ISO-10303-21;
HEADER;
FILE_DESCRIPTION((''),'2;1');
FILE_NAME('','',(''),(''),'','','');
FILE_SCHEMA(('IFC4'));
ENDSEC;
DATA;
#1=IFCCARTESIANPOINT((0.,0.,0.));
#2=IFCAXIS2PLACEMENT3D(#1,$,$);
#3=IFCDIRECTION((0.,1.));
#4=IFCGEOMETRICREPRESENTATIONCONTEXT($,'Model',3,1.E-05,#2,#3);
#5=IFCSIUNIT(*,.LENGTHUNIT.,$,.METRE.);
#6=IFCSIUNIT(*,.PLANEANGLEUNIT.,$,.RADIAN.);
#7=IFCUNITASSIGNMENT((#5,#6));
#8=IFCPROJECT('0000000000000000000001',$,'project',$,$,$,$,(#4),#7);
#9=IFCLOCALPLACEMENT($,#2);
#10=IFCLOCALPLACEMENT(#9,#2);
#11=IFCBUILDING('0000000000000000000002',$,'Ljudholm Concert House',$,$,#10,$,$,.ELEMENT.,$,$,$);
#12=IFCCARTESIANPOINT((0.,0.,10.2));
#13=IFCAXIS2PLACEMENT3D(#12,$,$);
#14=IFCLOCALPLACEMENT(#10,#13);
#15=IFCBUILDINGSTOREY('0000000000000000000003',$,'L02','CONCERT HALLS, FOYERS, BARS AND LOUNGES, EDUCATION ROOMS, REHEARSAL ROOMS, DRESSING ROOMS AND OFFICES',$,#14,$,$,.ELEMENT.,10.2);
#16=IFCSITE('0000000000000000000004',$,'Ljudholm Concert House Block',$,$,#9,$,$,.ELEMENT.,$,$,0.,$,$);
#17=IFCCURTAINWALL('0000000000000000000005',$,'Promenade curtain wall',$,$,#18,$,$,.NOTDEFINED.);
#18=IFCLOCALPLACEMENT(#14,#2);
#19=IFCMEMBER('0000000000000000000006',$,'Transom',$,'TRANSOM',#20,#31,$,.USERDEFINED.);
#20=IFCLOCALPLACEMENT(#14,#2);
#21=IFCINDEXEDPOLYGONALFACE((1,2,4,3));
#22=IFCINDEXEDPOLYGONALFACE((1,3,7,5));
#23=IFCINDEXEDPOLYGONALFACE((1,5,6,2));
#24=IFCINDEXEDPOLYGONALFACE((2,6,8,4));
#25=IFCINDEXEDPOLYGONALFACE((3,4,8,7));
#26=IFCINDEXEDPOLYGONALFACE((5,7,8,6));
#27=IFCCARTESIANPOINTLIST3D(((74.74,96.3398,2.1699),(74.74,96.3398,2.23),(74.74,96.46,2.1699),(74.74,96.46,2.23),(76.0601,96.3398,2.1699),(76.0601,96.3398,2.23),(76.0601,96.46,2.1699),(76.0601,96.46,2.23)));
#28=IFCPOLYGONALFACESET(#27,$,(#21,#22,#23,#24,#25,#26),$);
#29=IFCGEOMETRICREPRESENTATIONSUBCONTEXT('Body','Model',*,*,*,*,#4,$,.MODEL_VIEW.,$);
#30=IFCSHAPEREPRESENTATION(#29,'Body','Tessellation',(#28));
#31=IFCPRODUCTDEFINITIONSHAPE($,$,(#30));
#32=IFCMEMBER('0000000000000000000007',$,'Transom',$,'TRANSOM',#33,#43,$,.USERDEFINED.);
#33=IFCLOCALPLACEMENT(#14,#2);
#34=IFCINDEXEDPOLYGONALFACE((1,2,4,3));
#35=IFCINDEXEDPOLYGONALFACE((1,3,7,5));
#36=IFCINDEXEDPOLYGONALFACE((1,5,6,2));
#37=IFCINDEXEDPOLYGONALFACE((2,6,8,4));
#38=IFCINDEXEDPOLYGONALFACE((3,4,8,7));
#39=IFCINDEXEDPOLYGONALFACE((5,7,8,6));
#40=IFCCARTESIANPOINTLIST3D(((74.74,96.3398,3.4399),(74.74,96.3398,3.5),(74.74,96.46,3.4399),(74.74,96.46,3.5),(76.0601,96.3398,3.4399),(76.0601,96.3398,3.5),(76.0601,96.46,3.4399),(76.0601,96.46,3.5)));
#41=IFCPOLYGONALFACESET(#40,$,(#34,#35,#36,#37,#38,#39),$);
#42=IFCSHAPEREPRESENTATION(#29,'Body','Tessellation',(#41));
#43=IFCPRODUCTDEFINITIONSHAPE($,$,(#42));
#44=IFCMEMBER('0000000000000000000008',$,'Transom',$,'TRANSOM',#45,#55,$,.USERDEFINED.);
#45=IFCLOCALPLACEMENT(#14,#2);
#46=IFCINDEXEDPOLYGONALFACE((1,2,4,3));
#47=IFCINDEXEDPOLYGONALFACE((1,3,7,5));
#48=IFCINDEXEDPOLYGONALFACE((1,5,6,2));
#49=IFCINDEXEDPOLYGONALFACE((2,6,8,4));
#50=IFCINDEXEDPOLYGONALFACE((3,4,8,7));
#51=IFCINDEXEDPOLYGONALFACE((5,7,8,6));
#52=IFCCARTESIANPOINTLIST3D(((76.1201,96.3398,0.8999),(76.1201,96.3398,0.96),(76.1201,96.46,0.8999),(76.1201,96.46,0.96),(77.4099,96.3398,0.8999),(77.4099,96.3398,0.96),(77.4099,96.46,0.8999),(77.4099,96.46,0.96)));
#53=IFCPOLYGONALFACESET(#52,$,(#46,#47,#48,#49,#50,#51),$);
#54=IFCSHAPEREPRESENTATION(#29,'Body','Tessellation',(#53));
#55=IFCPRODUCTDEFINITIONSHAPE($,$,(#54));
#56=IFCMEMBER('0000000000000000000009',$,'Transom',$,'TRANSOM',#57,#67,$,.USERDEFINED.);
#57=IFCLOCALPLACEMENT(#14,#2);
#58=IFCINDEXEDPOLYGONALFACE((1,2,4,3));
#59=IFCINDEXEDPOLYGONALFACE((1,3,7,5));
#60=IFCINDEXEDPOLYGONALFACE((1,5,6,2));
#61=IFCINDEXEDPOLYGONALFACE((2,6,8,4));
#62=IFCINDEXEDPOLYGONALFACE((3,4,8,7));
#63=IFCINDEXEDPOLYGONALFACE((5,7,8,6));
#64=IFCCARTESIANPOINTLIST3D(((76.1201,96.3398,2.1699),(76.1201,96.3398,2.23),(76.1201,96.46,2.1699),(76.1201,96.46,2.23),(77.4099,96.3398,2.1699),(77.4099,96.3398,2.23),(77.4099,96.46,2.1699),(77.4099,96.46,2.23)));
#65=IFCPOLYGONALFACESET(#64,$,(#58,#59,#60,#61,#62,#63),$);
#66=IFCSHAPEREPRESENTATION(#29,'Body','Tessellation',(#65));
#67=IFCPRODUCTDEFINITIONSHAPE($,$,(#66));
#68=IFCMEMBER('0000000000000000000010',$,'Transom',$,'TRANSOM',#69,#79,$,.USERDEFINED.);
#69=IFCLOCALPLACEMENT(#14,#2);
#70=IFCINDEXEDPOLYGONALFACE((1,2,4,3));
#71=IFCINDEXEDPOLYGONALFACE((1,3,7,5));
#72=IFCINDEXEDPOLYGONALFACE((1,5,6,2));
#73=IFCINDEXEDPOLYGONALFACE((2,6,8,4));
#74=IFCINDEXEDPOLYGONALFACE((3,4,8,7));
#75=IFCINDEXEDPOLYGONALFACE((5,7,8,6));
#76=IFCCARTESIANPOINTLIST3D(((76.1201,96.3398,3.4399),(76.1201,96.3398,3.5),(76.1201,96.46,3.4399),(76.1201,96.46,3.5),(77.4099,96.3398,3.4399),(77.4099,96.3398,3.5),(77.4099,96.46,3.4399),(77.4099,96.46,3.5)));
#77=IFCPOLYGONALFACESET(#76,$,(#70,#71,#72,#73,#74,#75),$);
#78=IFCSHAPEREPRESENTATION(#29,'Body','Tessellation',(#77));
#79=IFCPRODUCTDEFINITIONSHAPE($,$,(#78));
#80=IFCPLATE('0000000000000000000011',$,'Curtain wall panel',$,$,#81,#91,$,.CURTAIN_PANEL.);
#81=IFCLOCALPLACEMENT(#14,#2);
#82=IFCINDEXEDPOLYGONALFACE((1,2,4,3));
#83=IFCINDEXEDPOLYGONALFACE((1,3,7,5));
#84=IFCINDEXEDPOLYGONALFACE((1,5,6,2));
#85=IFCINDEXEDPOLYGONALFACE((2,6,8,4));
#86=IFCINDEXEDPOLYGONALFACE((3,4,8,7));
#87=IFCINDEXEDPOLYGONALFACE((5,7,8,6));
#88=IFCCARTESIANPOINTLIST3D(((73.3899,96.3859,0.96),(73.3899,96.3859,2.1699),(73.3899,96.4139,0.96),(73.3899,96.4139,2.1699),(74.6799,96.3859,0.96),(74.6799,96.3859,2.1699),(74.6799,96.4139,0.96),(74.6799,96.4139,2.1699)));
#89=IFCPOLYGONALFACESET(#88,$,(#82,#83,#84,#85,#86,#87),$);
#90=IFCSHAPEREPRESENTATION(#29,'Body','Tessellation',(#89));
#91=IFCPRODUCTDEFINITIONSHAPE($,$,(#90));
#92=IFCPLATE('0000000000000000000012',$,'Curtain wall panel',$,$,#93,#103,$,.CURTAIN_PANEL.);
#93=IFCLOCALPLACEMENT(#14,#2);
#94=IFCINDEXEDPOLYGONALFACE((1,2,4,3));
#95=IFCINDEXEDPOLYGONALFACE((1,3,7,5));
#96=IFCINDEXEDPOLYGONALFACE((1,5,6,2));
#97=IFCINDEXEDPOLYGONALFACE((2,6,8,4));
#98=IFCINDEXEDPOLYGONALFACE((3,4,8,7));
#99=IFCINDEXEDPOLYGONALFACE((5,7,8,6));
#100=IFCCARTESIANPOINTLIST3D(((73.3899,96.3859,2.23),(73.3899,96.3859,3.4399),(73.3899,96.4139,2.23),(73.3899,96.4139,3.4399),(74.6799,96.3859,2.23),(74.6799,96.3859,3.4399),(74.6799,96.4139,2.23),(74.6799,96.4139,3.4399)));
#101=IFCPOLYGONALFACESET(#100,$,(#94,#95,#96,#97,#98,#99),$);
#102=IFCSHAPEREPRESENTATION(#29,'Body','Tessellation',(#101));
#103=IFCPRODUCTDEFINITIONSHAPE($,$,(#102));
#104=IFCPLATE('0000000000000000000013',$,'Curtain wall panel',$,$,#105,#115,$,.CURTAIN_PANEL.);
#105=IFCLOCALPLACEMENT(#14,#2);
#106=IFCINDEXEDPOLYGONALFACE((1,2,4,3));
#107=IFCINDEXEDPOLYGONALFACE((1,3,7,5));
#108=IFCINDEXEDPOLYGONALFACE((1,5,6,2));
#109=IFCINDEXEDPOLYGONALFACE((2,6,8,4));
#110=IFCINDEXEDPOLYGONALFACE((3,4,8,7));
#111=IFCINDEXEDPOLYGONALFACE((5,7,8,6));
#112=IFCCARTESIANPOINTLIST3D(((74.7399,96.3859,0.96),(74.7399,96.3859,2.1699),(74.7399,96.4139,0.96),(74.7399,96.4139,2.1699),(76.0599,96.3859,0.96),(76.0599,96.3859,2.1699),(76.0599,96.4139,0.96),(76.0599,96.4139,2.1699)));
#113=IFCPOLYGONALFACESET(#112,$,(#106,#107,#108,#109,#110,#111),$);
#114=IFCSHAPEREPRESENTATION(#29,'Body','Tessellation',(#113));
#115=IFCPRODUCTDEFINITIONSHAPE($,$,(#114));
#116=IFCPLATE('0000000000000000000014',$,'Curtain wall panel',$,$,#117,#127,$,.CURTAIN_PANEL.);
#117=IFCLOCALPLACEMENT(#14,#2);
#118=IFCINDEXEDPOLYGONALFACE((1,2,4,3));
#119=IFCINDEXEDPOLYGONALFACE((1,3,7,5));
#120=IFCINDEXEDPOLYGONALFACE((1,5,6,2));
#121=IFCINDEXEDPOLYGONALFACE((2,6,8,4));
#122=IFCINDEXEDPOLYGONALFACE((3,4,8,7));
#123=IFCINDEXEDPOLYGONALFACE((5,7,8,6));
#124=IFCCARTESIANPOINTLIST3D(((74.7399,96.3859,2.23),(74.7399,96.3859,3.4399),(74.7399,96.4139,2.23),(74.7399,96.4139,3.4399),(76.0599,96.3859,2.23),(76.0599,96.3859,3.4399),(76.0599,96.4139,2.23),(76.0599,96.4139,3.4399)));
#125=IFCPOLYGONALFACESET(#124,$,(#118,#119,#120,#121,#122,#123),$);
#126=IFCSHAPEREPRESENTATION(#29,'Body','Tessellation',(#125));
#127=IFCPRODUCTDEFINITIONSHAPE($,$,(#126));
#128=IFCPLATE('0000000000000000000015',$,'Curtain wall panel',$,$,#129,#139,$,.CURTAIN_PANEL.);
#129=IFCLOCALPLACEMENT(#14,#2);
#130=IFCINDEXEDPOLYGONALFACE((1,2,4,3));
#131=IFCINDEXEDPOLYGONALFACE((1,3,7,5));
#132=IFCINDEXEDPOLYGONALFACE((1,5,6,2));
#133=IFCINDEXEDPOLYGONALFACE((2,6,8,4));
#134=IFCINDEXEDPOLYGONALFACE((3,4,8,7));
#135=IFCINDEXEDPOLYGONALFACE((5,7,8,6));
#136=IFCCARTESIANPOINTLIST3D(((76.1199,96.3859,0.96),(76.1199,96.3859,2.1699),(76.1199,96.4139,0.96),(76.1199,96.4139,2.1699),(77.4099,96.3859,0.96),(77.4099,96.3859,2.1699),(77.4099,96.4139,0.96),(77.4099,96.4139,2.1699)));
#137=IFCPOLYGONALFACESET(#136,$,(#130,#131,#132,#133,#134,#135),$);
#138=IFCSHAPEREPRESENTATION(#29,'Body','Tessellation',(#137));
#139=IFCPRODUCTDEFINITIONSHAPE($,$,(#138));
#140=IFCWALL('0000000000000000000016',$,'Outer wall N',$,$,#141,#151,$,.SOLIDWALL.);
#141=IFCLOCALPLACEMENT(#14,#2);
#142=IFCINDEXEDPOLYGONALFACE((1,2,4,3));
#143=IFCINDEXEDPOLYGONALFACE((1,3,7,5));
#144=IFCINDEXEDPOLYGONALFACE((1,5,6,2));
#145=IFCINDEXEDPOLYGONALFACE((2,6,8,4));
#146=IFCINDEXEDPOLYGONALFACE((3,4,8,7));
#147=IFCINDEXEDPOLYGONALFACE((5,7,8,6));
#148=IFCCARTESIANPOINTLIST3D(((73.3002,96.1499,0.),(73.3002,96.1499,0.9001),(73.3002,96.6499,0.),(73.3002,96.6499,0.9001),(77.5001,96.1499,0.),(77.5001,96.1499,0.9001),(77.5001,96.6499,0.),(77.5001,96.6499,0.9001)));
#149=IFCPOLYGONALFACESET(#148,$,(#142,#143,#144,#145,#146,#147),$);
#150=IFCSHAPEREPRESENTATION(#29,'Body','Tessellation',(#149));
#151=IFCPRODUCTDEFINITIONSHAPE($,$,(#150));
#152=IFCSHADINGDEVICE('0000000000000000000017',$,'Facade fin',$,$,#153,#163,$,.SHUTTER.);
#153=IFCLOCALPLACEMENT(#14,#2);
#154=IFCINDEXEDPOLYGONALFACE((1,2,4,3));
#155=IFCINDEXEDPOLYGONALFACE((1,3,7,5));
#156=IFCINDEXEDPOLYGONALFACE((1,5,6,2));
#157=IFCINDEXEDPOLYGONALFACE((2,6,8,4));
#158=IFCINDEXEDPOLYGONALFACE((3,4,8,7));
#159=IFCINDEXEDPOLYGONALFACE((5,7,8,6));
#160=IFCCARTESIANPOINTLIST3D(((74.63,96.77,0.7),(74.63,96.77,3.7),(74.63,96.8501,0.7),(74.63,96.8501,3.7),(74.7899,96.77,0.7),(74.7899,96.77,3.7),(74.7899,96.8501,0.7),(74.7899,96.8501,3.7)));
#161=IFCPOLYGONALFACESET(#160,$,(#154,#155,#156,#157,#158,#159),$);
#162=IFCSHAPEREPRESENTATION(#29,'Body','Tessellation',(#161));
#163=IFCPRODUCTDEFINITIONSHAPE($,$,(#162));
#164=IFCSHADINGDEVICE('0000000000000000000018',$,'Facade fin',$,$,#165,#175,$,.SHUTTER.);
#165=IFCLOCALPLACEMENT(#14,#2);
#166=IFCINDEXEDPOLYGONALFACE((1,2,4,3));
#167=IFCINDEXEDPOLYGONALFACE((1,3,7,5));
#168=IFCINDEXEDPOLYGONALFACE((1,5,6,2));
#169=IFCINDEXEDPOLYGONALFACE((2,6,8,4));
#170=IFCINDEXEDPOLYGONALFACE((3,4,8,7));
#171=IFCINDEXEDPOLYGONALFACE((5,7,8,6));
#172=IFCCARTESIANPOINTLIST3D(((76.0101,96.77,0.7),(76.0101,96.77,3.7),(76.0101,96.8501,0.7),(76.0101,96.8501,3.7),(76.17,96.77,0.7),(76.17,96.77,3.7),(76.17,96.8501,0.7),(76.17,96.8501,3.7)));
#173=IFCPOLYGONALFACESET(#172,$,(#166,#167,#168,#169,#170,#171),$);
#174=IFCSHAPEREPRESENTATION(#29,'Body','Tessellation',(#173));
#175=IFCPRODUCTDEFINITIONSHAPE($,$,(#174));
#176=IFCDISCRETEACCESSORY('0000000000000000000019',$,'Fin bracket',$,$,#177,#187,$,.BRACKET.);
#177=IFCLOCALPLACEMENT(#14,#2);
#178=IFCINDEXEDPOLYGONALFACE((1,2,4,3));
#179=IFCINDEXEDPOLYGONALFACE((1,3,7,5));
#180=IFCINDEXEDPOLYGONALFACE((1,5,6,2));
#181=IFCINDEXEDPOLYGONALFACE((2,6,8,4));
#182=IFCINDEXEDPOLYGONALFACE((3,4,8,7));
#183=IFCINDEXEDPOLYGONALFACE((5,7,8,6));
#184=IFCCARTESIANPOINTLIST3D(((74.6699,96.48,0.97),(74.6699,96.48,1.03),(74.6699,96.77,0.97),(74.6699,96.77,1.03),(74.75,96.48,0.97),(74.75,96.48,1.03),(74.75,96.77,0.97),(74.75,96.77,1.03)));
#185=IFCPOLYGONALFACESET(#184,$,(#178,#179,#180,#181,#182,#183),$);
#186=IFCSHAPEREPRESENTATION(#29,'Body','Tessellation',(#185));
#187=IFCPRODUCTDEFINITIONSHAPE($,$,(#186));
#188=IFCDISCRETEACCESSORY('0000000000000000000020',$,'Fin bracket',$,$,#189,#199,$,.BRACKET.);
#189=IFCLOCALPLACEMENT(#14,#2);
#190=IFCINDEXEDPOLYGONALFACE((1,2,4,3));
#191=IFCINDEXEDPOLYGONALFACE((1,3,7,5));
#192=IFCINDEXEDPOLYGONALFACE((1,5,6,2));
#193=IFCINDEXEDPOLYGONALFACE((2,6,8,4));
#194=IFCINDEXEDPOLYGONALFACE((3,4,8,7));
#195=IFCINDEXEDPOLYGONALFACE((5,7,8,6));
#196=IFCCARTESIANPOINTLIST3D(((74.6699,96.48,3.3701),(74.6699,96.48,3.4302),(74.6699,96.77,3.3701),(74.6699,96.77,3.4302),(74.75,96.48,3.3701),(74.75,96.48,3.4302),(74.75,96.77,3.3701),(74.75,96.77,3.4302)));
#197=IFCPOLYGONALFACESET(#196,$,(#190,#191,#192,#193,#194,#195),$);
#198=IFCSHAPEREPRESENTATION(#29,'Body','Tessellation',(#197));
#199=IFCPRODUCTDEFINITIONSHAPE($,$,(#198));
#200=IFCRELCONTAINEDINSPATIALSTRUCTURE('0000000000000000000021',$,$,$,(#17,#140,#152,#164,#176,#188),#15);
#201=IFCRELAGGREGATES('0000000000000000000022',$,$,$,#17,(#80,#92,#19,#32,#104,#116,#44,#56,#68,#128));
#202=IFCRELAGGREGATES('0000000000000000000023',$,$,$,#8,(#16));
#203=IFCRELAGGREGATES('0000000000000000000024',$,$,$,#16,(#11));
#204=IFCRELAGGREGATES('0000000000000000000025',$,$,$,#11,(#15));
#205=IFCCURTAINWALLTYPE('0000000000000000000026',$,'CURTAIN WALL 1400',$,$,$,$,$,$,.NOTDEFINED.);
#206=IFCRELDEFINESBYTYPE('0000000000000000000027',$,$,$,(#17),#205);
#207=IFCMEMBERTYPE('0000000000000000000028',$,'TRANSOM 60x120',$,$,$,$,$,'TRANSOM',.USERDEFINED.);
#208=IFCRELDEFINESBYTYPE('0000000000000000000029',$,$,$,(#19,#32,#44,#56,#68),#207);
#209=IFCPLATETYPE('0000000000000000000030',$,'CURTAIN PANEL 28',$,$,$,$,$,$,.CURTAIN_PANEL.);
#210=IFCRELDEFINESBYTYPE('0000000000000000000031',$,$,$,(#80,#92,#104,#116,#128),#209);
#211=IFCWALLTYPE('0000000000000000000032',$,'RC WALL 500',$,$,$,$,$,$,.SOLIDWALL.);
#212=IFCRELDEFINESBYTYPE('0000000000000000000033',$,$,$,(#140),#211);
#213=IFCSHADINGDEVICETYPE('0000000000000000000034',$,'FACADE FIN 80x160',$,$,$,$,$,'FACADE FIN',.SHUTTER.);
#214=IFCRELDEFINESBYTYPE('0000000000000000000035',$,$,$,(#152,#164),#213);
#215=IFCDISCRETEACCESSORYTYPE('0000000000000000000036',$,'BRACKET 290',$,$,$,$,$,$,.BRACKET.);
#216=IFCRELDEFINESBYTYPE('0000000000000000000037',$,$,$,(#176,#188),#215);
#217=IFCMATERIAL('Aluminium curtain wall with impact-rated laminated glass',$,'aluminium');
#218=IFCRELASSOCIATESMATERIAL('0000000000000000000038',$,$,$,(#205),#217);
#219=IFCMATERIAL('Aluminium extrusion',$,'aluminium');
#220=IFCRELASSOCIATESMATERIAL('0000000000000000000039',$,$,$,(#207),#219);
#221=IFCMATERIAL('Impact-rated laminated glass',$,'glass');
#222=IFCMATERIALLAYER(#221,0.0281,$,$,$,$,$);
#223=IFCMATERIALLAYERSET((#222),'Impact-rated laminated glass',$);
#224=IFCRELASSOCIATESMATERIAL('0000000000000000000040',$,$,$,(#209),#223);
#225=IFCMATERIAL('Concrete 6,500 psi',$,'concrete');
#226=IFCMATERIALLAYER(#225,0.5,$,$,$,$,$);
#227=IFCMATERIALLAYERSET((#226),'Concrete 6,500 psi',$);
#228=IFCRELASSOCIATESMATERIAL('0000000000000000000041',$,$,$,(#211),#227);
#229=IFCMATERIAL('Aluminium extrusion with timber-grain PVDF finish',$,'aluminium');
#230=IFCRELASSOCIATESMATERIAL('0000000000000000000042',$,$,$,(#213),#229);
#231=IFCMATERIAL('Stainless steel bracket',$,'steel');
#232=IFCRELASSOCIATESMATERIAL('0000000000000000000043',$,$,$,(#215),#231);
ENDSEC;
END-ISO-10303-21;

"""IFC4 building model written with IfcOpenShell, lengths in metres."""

from ifc_helpers import new_model, si_unit, direction, frame, frame_2d, origin, origin_2d, place, context, subcontext, project, spatial, rectangle, extrude, material, layer, layer_set, material_profile, profile_set, type_object, element, aggregate, save


model = new_model("IFC4")

# Units and contexts
model_context = context("Model", 3, precision=1e-05, world=origin(), true_north=direction((0.0, 1.0)))
body_context = subcontext(model_context, "Body", "Model", "MODEL_VIEW")
ifc_project = project(units=[si_unit("LENGTHUNIT", "METRE"), si_unit("PLANEANGLEUNIT", "RADIAN")], contexts=[model_context])

# Site, building, storey
site_placement = place(None, origin())
site = spatial("IfcSite", under=ifc_project, at=site_placement, Name="Ljudholm Concert House Block", CompositionType="ELEMENT", RefElevation=0.0)
building_placement = place(site_placement, origin())
building = spatial("IfcBuilding", under=site, at=building_placement, Name="Ljudholm Concert House", CompositionType="ELEMENT")
storey_placement = place(building_placement, frame((0.0, 0.0, 10.2)))
storey = spatial("IfcBuildingStorey", under=building, at=storey_placement, Name="L02", Description="CONCERT HALLS, FOYERS, BARS AND LOUNGES, EDUCATION ROOMS, REHEARSAL ROOMS, DRESSING ROOMS AND OFFICES", CompositionType="ELEMENT", Elevation=10.2)

# Curtain wall
ifc_material_1 = material(Name="Aluminium curtain wall with impact-rated laminated glass", Category="aluminium")
curtain_wall_type = type_object("IfcCurtainWallType", Name="CURTAIN WALL 1400", PredefinedType="NOTDEFINED", material=ifc_material_1)
curtain_wall_placement = place(storey_placement, origin())
curtain_wall = element("IfcCurtainWall", 1, at=curtain_wall_placement, inside=storey, type_object=curtain_wall_type, Name="Promenade curtain wall", PredefinedType="NOTDEFINED")

# Members
ifc_material_2 = material(Name="Aluminium extrusion", Category="aluminium")
ifc_material_profile_1 = material_profile(ifc_material_2, rectangle(XDim=0.1201, YDim=0.0601, at=origin_2d()), Name="TRANSOM 60x120")
ifc_profile_set_1 = profile_set([ifc_material_profile_1], Name="Aluminium extrusion")
member_type_1 = type_object("IfcMemberType", Name="TRANSOM 60x120", ElementType="TRANSOM", PredefinedType="USERDEFINED", material=ifc_profile_set_1)
member_1_placement = place(storey_placement, frame((74.74, 96.3999, 2.2), z_axis=(1.0, 0.0, 0.0), x_axis=(0.0, 1.0, 0.0)))
member_1 = element("IfcMember", 2, at=member_1_placement, type_object=member_type_1, Name="Transom", ObjectType="TRANSOM", PredefinedType="USERDEFINED", context=body_context, shape_type="SweptSolid", body=[
    extrude(rectangle(XDim=0.1201, YDim=0.0601, at=origin_2d()), origin(), (0.0, 0.0, 1.0), 1.3201),
])
member_2_placement = place(storey_placement, frame((74.74, 96.3999, 3.47), z_axis=(1.0, 0.0, 0.0), x_axis=(0.0, 1.0, 0.0)))
member_2 = element("IfcMember", 3, at=member_2_placement, type_object=member_type_1, Name="Transom", ObjectType="TRANSOM", PredefinedType="USERDEFINED", context=body_context, shape_type="SweptSolid", body=[
    extrude(rectangle(XDim=0.1201, YDim=0.0601, at=origin_2d()), origin(), (0.0, 0.0, 1.0), 1.3201),
])
member_3_placement = place(storey_placement, frame((76.1201, 96.3999, 0.9299), z_axis=(1.0, 0.0, 0.0), x_axis=(0.0, 1.0, 0.0)))
member_3 = element("IfcMember", 4, at=member_3_placement, type_object=member_type_1, Name="Transom", ObjectType="TRANSOM", PredefinedType="USERDEFINED", context=body_context, shape_type="SweptSolid", body=[
    extrude(rectangle(XDim=0.1201, YDim=0.0601, at=origin_2d()), origin(), (0.0, 0.0, 1.0), 1.2898),
])
member_4_placement = place(storey_placement, frame((76.1201, 96.3999, 2.2), z_axis=(1.0, 0.0, 0.0), x_axis=(0.0, 1.0, 0.0)))
member_4 = element("IfcMember", 5, at=member_4_placement, type_object=member_type_1, Name="Transom", ObjectType="TRANSOM", PredefinedType="USERDEFINED", context=body_context, shape_type="SweptSolid", body=[
    extrude(rectangle(XDim=0.1201, YDim=0.0601, at=origin_2d()), origin(), (0.0, 0.0, 1.0), 1.2898),
])
member_5_placement = place(storey_placement, frame((76.1201, 96.3999, 3.47), z_axis=(1.0, 0.0, 0.0), x_axis=(0.0, 1.0, 0.0)))
member_5 = element("IfcMember", 6, at=member_5_placement, type_object=member_type_1, Name="Transom", ObjectType="TRANSOM", PredefinedType="USERDEFINED", context=body_context, shape_type="SweptSolid", body=[
    extrude(rectangle(XDim=0.1201, YDim=0.0601, at=origin_2d()), origin(), (0.0, 0.0, 1.0), 1.2898),
])

# Plates
ifc_material_3 = material(Name="Impact-rated laminated glass", Category="glass")
ifc_layer_1 = layer(ifc_material_3, 0.0281)
ifc_layer_set_1 = layer_set([ifc_layer_1], Name="Impact-rated laminated glass")
plate_type = type_object("IfcPlateType", Name="CURTAIN PANEL 28", PredefinedType="CURTAIN_PANEL", material=ifc_layer_set_1)
plate_1_placement = place(storey_placement, frame((74.0349, 96.3999, 0.96), z_axis=(0.0, 0.0, 1.0), x_axis=(1.0, 0.0, 0.0)))
plate_1 = element("IfcPlate", 7, at=plate_1_placement, type_object=plate_type, Name="Curtain wall panel", PredefinedType="CURTAIN_PANEL", context=body_context, shape_type="SweptSolid", body=[
    extrude(rectangle(XDim=1.29, YDim=0.0281, at=origin_2d()), origin(), (0.0, 0.0, 1.0), 1.21),
])
plate_2_placement = place(storey_placement, frame((74.0349, 96.3999, 2.23), z_axis=(0.0, 0.0, 1.0), x_axis=(1.0, 0.0, 0.0)))
plate_2 = element("IfcPlate", 8, at=plate_2_placement, type_object=plate_type, Name="Curtain wall panel", PredefinedType="CURTAIN_PANEL", context=body_context, shape_type="SweptSolid", body=[
    extrude(rectangle(XDim=1.29, YDim=0.0281, at=origin_2d()), origin(), (0.0, 0.0, 1.0), 1.21),
])
plate_3_placement = place(storey_placement, frame((75.3999, 96.3999, 0.96), z_axis=(0.0, 0.0, 1.0), x_axis=(1.0, 0.0, 0.0)))
plate_3 = element("IfcPlate", 9, at=plate_3_placement, type_object=plate_type, Name="Curtain wall panel", PredefinedType="CURTAIN_PANEL", context=body_context, shape_type="SweptSolid", body=[
    extrude(rectangle(XDim=1.3201, YDim=0.0281, at=origin_2d()), origin(), (0.0, 0.0, 1.0), 1.21),
])
plate_4_placement = place(storey_placement, frame((75.3999, 96.3999, 2.23), z_axis=(0.0, 0.0, 1.0), x_axis=(1.0, 0.0, 0.0)))
plate_4 = element("IfcPlate", 10, at=plate_4_placement, type_object=plate_type, Name="Curtain wall panel", PredefinedType="CURTAIN_PANEL", context=body_context, shape_type="SweptSolid", body=[
    extrude(rectangle(XDim=1.3201, YDim=0.0281, at=origin_2d()), origin(), (0.0, 0.0, 1.0), 1.21),
])
plate_5_placement = place(storey_placement, frame((76.7649, 96.3999, 0.96), z_axis=(0.0, 0.0, 1.0), x_axis=(1.0, 0.0, 0.0)))
plate_5 = element("IfcPlate", 11, at=plate_5_placement, type_object=plate_type, Name="Curtain wall panel", PredefinedType="CURTAIN_PANEL", context=body_context, shape_type="SweptSolid", body=[
    extrude(rectangle(XDim=1.29, YDim=0.0281, at=origin_2d()), origin(), (0.0, 0.0, 1.0), 1.21),
])
aggregate(curtain_wall, [plate_1, plate_2, member_1, member_2, plate_3, plate_4, member_3, member_4, member_5, plate_5])

# Wall
ifc_material_4 = material(Name="Concrete 6,500 psi", Category="concrete")
ifc_layer_2 = layer(ifc_material_4, 0.5)
ifc_layer_set_2 = layer_set([ifc_layer_2], Name="Concrete 6,500 psi")
wall_type = type_object("IfcWallType", Name="RC WALL 500", PredefinedType="SOLIDWALL", material=ifc_layer_set_2)
wall_placement = place(storey_placement, frame((73.3, 96.3999, 0.0), z_axis=(0.0, 0.0, 1.0), x_axis=(1.0, 0.0, 0.0)))
element("IfcWall", 12, at=wall_placement, inside=storey, type_object=wall_type, Name="Outer wall N", PredefinedType="SOLIDWALL", context=body_context, shape_type="SweptSolid", body=[
    extrude(rectangle(XDim=4.2, YDim=0.5, at=frame_2d((2.1001, 0.0))), origin(), (0.0, 0.0, 1.0), 0.9001),
])

# Shading devices
ifc_material_5 = material(Name="Aluminium extrusion with timber-grain PVDF finish", Category="aluminium")
shading_device_type = type_object("IfcShadingDeviceType", Name="FACADE FIN 80x160", ElementType="FACADE FIN", PredefinedType="SHUTTER", material=ifc_material_5)
for number, where, z_axis, x_axis, name in (
    (13, (74.71, 96.8101, 0.7), (0.0, 0.0, 1.0), (0.0, 1.0, 0.0), "Facade fin"),
    (14, (76.0901, 96.8101, 0.7), (0.0, 0.0, 1.0), (0.0, 1.0, 0.0), "Facade fin"),
):
    element("IfcShadingDevice", number, at=place(storey_placement, frame(where, z_axis=z_axis, x_axis=x_axis)), inside=storey, type_object=shading_device_type, Name=name, PredefinedType="SHUTTER", context=body_context, shape_type="SweptSolid", body=[
        extrude(rectangle(XDim=0.0801, YDim=0.1599, at=origin_2d()), origin(), (0.0, 0.0, 1.0), 3.0),
    ])

# Discrete accessories
ifc_material_6 = material(Name="Stainless steel bracket", Category="steel")
discrete_accessory_type = type_object("IfcDiscreteAccessoryType", Name="BRACKET 290", PredefinedType="BRACKET", material=ifc_material_6)
for number, where, z_axis, x_axis, name in (
    (15, (74.71, 96.625, 0.97), (0.0, 0.0, 1.0), (0.0, 1.0, 0.0), "Fin bracket"),
    (16, (74.71, 96.625, 3.3701), (0.0, 0.0, 1.0), (0.0, 1.0, 0.0), "Fin bracket"),
):
    element("IfcDiscreteAccessory", number, at=place(storey_placement, frame(where, z_axis=z_axis, x_axis=x_axis)), inside=storey, type_object=discrete_accessory_type, Name=name, PredefinedType="BRACKET", context=body_context, shape_type="SweptSolid", body=[
        extrude(rectangle(XDim=0.29, YDim=0.0801, at=origin_2d()), origin(), (0.0, 0.0, 1.0), 0.0601),
    ])

save(model, "model.ifc")
